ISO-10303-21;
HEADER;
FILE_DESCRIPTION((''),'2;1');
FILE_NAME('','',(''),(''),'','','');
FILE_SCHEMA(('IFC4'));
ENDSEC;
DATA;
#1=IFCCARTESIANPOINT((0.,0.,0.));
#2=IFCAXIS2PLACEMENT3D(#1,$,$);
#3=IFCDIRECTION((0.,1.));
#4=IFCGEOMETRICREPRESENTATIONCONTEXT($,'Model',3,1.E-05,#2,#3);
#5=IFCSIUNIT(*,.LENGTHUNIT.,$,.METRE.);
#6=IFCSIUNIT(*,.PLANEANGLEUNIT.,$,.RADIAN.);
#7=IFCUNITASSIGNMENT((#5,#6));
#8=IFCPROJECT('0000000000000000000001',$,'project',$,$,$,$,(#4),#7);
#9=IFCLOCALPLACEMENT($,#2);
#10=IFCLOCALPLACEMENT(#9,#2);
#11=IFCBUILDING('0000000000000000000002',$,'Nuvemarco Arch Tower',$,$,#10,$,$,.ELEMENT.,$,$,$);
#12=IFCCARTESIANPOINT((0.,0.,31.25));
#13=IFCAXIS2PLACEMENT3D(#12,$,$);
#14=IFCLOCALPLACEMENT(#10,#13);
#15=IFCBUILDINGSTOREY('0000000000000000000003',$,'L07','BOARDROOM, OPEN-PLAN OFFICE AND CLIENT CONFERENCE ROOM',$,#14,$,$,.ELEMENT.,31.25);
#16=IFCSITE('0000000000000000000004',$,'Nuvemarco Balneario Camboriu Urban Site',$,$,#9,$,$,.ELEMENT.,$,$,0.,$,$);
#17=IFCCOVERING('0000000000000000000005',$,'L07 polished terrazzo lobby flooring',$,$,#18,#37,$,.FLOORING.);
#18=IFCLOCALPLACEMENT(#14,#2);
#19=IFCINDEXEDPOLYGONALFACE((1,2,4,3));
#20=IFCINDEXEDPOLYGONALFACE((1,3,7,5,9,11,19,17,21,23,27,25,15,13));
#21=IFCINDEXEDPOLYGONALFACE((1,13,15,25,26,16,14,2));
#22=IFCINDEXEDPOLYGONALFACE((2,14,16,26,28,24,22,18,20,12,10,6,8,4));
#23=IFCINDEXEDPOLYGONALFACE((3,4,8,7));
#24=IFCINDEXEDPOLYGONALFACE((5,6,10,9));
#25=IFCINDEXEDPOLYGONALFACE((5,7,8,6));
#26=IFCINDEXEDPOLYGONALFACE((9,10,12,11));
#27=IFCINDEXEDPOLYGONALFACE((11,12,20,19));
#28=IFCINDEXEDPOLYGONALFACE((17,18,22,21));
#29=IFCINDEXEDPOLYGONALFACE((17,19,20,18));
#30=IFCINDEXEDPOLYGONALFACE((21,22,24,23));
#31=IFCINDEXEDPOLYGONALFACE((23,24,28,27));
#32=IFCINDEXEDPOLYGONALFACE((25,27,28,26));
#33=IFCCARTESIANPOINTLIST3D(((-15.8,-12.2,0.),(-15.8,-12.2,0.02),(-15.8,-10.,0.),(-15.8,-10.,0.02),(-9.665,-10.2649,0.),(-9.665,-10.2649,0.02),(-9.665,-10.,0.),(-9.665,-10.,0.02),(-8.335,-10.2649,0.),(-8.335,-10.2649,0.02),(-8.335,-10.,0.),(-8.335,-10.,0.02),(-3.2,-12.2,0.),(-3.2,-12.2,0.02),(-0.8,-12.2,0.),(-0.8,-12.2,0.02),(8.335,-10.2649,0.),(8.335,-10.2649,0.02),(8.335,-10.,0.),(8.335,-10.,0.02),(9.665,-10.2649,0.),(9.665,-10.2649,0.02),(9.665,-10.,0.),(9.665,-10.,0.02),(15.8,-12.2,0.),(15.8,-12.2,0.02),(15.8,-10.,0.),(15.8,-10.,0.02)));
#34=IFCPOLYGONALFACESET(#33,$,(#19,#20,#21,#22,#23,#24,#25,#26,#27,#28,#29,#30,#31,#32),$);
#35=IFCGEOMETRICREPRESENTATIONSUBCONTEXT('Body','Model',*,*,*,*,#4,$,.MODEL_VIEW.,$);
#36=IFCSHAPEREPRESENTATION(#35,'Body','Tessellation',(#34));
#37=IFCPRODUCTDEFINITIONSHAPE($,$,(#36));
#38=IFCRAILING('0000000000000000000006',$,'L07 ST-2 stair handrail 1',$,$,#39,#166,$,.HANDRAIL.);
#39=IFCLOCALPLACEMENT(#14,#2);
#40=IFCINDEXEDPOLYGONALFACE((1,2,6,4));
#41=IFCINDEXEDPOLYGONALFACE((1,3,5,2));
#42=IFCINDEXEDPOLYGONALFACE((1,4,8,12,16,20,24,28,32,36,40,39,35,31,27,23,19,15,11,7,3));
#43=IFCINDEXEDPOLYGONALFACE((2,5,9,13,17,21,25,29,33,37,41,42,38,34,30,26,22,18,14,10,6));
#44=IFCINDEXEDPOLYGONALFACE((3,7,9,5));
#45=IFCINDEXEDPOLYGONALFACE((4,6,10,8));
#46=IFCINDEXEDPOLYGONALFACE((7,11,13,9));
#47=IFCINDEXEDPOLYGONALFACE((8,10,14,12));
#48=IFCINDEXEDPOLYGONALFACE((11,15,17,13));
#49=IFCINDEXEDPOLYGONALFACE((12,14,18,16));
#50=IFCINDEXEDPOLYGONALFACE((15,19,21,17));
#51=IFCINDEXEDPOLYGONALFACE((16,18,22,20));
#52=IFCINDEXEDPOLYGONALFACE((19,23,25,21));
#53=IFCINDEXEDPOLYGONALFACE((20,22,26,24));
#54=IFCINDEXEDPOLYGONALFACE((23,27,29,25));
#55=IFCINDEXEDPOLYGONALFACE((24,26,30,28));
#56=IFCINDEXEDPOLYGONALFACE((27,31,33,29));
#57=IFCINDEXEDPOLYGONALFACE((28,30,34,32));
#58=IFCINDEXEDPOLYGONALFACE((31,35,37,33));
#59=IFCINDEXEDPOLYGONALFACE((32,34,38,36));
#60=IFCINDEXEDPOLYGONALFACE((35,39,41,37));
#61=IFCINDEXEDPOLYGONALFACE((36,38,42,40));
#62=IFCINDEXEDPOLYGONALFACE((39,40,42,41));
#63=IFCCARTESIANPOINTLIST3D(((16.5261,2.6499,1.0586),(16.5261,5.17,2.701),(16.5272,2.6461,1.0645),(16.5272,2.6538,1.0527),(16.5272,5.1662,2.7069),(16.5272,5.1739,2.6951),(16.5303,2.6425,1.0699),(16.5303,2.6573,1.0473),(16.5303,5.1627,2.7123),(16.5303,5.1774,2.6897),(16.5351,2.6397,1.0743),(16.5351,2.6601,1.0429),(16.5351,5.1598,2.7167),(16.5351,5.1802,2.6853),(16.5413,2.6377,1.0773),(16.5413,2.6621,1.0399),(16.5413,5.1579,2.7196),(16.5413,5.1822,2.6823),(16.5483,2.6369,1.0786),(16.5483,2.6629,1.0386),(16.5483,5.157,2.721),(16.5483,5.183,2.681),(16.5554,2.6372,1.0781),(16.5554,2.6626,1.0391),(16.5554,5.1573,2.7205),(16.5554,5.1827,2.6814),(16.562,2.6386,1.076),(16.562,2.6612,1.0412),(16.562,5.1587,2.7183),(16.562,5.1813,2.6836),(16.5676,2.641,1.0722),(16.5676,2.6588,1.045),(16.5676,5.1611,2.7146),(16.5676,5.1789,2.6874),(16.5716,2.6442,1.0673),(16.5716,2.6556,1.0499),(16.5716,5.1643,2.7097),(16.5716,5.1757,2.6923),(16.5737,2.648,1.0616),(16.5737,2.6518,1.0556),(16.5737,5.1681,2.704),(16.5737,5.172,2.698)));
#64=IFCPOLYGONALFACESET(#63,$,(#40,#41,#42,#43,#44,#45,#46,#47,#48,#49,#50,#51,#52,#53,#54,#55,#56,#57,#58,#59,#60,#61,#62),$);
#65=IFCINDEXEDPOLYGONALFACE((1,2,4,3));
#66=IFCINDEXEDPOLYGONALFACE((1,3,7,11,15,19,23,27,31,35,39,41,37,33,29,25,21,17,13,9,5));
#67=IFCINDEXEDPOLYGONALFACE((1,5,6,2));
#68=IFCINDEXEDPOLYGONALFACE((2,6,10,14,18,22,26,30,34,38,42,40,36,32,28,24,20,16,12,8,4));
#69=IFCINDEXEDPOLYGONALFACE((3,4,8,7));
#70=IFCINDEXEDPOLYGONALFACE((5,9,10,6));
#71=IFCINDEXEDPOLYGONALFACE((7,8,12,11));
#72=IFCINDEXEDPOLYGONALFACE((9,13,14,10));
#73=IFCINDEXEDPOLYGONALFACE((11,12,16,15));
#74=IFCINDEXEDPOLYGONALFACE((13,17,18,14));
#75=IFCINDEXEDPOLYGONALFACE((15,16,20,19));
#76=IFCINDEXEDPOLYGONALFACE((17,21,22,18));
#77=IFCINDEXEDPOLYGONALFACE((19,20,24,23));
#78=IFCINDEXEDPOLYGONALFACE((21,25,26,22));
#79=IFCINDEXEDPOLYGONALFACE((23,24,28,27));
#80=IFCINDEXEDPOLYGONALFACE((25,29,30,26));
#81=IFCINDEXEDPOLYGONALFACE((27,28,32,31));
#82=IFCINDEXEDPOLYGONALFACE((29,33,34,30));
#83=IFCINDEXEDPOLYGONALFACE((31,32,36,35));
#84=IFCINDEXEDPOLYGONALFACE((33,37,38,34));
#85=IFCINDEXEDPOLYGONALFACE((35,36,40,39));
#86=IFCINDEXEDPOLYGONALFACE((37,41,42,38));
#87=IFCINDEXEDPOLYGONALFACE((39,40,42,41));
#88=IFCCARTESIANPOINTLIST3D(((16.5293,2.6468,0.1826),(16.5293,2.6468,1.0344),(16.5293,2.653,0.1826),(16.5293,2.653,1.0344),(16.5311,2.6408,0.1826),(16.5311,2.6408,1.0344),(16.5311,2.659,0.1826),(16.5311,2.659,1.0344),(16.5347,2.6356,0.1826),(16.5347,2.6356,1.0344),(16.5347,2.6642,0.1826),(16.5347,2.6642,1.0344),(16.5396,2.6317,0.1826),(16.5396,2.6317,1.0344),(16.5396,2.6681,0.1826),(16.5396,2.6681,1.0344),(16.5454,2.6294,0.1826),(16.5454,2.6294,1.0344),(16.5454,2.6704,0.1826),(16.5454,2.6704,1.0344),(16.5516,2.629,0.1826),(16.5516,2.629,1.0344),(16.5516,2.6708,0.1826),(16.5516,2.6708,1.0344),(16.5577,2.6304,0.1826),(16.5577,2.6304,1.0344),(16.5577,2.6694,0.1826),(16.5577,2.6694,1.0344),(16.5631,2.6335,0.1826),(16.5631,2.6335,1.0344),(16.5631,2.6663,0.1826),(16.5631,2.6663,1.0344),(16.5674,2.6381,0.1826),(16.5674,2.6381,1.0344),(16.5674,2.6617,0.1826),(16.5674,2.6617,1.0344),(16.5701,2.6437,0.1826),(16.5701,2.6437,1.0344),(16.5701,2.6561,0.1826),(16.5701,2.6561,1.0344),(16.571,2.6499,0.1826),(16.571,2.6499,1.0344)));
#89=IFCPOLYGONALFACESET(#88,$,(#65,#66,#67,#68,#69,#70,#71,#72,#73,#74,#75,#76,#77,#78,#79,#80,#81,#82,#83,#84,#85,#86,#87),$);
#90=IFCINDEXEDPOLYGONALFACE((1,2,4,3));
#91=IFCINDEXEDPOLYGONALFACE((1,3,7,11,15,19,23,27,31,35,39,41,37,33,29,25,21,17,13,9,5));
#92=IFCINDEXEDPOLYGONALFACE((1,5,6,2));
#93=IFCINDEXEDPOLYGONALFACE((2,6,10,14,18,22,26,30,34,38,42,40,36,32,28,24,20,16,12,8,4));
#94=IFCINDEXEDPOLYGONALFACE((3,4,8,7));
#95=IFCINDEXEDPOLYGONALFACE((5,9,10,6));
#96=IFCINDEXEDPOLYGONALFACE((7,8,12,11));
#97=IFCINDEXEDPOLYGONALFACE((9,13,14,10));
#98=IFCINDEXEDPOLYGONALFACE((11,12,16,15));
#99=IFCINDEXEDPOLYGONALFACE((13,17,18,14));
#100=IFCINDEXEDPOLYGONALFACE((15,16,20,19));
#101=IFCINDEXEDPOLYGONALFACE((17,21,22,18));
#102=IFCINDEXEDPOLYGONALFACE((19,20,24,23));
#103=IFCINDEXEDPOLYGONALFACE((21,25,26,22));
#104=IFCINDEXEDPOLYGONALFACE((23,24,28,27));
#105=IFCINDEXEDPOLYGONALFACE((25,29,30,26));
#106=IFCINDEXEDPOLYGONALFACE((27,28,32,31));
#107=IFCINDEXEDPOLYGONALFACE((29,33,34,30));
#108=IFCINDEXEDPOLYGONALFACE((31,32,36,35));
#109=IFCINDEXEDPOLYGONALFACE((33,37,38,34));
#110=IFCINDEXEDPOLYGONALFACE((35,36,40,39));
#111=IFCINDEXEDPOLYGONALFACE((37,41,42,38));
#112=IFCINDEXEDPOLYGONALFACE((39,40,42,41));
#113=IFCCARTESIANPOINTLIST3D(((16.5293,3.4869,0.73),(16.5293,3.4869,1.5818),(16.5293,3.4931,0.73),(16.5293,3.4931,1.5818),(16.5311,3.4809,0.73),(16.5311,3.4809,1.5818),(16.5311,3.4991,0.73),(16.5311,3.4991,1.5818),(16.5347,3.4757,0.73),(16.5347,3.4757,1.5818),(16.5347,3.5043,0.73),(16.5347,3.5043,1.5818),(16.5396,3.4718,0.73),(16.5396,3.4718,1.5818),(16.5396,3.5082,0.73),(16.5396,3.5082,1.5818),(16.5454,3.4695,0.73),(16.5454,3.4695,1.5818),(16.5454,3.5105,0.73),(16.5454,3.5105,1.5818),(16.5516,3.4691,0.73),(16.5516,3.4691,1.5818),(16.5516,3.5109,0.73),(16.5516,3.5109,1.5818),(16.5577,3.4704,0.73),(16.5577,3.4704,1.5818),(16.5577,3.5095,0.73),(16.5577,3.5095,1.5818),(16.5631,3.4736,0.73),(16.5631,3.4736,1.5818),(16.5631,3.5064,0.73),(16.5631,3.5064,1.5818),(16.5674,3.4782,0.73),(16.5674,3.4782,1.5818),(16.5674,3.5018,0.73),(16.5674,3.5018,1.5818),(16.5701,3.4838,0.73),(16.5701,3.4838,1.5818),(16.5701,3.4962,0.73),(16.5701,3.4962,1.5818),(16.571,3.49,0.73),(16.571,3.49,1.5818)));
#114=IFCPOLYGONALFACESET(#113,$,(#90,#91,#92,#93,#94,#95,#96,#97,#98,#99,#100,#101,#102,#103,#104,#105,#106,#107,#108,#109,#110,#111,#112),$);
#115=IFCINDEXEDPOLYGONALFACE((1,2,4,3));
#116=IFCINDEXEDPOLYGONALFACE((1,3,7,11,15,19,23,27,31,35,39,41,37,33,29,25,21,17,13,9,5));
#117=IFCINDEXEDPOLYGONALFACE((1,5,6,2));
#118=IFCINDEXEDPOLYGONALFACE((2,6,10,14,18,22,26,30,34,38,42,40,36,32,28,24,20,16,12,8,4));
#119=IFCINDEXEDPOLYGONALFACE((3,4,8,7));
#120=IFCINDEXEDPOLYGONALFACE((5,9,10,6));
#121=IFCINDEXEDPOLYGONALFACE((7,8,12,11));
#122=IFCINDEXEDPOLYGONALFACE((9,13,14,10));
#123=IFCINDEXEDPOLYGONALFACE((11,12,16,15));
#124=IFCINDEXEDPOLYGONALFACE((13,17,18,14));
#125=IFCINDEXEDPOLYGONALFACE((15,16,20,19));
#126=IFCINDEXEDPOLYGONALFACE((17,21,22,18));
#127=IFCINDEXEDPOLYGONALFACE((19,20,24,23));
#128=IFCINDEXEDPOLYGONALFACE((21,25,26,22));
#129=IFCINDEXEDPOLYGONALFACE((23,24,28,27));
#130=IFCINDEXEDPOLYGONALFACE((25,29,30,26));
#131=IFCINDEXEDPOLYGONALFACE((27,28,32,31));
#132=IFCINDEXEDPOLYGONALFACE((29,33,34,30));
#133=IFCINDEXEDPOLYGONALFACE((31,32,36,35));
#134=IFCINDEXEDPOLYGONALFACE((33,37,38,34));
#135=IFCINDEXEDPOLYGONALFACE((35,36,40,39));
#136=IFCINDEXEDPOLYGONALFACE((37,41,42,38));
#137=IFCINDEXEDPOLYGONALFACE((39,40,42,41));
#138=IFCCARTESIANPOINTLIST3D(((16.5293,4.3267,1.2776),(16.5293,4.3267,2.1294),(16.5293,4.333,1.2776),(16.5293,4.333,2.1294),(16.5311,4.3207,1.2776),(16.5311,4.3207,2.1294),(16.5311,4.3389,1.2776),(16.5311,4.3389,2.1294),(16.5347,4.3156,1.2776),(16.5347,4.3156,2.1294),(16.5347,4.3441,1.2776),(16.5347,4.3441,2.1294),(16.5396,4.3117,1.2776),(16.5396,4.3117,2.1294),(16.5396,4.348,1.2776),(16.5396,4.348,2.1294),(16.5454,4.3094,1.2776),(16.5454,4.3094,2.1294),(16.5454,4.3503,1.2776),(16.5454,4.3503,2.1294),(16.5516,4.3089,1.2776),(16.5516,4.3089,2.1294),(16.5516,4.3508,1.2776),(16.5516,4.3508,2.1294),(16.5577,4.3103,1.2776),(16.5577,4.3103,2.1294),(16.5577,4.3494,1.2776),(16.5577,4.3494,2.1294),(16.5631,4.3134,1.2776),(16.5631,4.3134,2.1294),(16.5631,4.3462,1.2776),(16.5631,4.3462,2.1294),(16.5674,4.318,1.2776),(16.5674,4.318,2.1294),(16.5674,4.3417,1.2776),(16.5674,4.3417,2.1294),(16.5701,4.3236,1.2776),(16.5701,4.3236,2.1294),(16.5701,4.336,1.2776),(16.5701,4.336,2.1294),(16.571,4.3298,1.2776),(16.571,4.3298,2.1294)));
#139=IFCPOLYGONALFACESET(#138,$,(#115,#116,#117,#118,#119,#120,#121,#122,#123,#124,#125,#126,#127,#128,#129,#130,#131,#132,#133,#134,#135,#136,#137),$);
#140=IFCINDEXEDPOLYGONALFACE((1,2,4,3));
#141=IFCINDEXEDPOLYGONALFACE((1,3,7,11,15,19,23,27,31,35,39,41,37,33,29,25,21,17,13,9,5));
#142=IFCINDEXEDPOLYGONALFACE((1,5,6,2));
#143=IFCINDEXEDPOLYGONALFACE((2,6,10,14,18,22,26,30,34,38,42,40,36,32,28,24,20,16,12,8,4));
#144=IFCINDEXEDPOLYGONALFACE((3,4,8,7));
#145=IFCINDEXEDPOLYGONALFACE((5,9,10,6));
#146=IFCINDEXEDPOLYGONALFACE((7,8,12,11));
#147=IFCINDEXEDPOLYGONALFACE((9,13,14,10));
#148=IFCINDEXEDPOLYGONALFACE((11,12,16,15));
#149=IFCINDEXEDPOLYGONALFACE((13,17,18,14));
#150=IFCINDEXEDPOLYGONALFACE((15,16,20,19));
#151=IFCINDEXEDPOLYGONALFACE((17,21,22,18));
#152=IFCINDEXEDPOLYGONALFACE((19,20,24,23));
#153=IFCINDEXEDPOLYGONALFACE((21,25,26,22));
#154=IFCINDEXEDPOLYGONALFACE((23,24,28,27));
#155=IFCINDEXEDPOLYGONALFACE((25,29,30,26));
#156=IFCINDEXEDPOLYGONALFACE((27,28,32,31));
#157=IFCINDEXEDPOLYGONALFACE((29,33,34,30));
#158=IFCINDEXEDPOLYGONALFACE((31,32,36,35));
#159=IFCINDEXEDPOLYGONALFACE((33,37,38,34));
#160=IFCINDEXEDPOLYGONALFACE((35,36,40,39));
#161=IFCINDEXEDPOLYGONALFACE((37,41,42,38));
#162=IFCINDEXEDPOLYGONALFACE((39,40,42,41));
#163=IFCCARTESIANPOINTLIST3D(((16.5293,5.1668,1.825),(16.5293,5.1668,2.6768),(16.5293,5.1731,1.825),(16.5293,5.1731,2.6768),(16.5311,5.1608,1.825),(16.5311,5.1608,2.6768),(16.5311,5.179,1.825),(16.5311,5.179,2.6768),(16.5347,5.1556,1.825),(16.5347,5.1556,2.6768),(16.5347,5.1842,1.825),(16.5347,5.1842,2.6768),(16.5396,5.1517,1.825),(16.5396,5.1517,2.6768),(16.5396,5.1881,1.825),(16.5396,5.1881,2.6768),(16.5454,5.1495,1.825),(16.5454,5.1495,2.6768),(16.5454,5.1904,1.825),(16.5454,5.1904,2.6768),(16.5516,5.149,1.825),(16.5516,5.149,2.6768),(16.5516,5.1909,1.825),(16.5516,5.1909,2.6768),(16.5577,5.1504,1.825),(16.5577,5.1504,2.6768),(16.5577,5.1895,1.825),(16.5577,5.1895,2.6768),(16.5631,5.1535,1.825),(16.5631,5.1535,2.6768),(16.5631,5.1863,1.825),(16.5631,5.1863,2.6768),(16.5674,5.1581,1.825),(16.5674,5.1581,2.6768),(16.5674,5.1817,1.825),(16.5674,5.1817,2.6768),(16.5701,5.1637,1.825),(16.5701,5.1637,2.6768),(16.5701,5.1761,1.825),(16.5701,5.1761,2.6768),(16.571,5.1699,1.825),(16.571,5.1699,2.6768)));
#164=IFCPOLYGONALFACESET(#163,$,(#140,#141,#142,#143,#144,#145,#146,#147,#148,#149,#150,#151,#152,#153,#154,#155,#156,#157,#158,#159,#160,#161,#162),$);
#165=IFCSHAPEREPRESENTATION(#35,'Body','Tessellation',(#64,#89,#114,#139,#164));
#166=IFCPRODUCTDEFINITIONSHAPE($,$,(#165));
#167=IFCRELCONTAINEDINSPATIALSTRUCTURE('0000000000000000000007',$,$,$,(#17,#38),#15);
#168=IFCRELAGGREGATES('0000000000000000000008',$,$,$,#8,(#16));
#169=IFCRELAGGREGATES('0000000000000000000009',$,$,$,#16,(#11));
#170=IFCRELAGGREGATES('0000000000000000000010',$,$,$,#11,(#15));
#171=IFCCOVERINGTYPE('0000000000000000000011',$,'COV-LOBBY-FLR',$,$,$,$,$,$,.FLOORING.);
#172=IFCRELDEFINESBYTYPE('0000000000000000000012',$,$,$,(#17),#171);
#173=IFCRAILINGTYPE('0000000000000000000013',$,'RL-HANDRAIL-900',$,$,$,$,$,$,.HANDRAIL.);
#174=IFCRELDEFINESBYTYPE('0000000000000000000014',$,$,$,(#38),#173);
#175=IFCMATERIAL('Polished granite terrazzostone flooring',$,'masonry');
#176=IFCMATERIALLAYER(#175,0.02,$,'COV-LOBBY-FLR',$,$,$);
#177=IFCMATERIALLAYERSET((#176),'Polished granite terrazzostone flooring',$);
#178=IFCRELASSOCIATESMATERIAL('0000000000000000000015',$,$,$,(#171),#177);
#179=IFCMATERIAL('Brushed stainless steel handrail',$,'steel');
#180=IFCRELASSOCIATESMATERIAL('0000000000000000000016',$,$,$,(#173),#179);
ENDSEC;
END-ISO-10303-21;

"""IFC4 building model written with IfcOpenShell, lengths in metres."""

from ifc_helpers import new_model, si_unit, direction, frame, origin, origin_2d, place, context, subcontext, project, spatial, polyline, circle, outline, extrude, material, layer, layer_set, type_object, element, save


model = new_model("IFC4")

# Units and contexts
model_context = context("Model", 3, precision=1e-05, world=origin(), true_north=direction((0.0, 1.0)))
body_context = subcontext(model_context, "Body", "Model", "MODEL_VIEW")
ifc_project = project(units=[si_unit("LENGTHUNIT", "METRE"), si_unit("PLANEANGLEUNIT", "RADIAN")], contexts=[model_context])

# Site, building, storey
site_placement = place(None, origin())
site = spatial("IfcSite", under=ifc_project, at=site_placement, Name="Nuvemarco Balneario Camboriu Urban Site", CompositionType="ELEMENT", RefElevation=0.0)
building_placement = place(site_placement, origin())
building = spatial("IfcBuilding", under=site, at=building_placement, Name="Nuvemarco Arch Tower", CompositionType="ELEMENT")
storey_placement = place(building_placement, frame((0.0, 0.0, 31.25)))
storey = spatial("IfcBuildingStorey", under=building, at=storey_placement, Name="L07", Description="BOARDROOM, OPEN-PLAN OFFICE AND CLIENT CONFERENCE ROOM", CompositionType="ELEMENT", Elevation=31.25)

# Covering
ifc_material_1 = material(Name="Polished granite terrazzostone flooring", Category="masonry")
ifc_layer_1 = layer(ifc_material_1, 0.02, Name="COV-LOBBY-FLR")
ifc_layer_set_1 = layer_set([ifc_layer_1], Name="Polished granite terrazzostone flooring")
covering_type_1 = type_object("IfcCoveringType", Name="COV-LOBBY-FLR", PredefinedType="FLOORING", material=ifc_layer_set_1)
covering_1_placement = place(storey_placement, origin())
element("IfcCovering", 1, at=covering_1_placement, inside=storey, type_object=covering_type_1, Name="L07 polished terrazzo lobby flooring", PredefinedType="FLOORING", context=body_context, shape_type="SweptSolid", body=[
    extrude(outline(polyline([(-9.665, -10.2649), (-8.335, -10.2649), (-8.335, -10.0), (8.335, -10.0), (8.335, -10.2649), (9.665, -10.2649), (9.665, -10.0), (15.8, -10.0), (15.8, -12.2), (-0.8, -12.2), (-3.2, -12.2), (-15.8, -12.2), (-15.8, -10.0), (-9.665, -10.0), (-9.665, -10.2649)])), origin(), (0.0, 0.0, 1.0), 0.02),
])

# Railing
ifc_material_2 = material(Name="Brushed stainless steel handrail", Category="steel")
railing_type_1 = type_object("IfcRailingType", Name="RL-HANDRAIL-900", PredefinedType="HANDRAIL", material=ifc_material_2)
railing_1_placement = place(storey_placement, frame((16.55, 2.6499, 0.1826)))
element("IfcRailing", 2, at=railing_1_placement, inside=storey, type_object=railing_type_1, Name="L07 ST-2 stair handrail 1", PredefinedType="HANDRAIL", context=body_context, shape_type="SweptSolid", body=[
    extrude(circle(Radius=0.0239, at=origin_2d()), frame((0.0, 0.0, 0.876), z_axis=(0.0, 0.837787, 0.545998), x_axis=(-1.0, 0.0, 0.0)), (0.0, 0.0, 1.0), 3.0081),
    extrude(circle(Radius=0.021, at=origin_2d()), origin(), (0.0, 0.0, 1.0), 0.8518),
    extrude(circle(Radius=0.021, at=origin_2d()), frame((0.0, 0.8401, 0.5474)), (0.0, 0.0, 1.0), 0.8518),
    extrude(circle(Radius=0.021, at=origin_2d()), frame((0.0, 1.6799, 1.095)), (0.0, 0.0, 1.0), 0.8518),
    extrude(circle(Radius=0.021, at=origin_2d()), frame((0.0, 2.52, 1.6423)), (0.0, 0.0, 1.0), 0.8518),
])

save(model, "model.ifc")
